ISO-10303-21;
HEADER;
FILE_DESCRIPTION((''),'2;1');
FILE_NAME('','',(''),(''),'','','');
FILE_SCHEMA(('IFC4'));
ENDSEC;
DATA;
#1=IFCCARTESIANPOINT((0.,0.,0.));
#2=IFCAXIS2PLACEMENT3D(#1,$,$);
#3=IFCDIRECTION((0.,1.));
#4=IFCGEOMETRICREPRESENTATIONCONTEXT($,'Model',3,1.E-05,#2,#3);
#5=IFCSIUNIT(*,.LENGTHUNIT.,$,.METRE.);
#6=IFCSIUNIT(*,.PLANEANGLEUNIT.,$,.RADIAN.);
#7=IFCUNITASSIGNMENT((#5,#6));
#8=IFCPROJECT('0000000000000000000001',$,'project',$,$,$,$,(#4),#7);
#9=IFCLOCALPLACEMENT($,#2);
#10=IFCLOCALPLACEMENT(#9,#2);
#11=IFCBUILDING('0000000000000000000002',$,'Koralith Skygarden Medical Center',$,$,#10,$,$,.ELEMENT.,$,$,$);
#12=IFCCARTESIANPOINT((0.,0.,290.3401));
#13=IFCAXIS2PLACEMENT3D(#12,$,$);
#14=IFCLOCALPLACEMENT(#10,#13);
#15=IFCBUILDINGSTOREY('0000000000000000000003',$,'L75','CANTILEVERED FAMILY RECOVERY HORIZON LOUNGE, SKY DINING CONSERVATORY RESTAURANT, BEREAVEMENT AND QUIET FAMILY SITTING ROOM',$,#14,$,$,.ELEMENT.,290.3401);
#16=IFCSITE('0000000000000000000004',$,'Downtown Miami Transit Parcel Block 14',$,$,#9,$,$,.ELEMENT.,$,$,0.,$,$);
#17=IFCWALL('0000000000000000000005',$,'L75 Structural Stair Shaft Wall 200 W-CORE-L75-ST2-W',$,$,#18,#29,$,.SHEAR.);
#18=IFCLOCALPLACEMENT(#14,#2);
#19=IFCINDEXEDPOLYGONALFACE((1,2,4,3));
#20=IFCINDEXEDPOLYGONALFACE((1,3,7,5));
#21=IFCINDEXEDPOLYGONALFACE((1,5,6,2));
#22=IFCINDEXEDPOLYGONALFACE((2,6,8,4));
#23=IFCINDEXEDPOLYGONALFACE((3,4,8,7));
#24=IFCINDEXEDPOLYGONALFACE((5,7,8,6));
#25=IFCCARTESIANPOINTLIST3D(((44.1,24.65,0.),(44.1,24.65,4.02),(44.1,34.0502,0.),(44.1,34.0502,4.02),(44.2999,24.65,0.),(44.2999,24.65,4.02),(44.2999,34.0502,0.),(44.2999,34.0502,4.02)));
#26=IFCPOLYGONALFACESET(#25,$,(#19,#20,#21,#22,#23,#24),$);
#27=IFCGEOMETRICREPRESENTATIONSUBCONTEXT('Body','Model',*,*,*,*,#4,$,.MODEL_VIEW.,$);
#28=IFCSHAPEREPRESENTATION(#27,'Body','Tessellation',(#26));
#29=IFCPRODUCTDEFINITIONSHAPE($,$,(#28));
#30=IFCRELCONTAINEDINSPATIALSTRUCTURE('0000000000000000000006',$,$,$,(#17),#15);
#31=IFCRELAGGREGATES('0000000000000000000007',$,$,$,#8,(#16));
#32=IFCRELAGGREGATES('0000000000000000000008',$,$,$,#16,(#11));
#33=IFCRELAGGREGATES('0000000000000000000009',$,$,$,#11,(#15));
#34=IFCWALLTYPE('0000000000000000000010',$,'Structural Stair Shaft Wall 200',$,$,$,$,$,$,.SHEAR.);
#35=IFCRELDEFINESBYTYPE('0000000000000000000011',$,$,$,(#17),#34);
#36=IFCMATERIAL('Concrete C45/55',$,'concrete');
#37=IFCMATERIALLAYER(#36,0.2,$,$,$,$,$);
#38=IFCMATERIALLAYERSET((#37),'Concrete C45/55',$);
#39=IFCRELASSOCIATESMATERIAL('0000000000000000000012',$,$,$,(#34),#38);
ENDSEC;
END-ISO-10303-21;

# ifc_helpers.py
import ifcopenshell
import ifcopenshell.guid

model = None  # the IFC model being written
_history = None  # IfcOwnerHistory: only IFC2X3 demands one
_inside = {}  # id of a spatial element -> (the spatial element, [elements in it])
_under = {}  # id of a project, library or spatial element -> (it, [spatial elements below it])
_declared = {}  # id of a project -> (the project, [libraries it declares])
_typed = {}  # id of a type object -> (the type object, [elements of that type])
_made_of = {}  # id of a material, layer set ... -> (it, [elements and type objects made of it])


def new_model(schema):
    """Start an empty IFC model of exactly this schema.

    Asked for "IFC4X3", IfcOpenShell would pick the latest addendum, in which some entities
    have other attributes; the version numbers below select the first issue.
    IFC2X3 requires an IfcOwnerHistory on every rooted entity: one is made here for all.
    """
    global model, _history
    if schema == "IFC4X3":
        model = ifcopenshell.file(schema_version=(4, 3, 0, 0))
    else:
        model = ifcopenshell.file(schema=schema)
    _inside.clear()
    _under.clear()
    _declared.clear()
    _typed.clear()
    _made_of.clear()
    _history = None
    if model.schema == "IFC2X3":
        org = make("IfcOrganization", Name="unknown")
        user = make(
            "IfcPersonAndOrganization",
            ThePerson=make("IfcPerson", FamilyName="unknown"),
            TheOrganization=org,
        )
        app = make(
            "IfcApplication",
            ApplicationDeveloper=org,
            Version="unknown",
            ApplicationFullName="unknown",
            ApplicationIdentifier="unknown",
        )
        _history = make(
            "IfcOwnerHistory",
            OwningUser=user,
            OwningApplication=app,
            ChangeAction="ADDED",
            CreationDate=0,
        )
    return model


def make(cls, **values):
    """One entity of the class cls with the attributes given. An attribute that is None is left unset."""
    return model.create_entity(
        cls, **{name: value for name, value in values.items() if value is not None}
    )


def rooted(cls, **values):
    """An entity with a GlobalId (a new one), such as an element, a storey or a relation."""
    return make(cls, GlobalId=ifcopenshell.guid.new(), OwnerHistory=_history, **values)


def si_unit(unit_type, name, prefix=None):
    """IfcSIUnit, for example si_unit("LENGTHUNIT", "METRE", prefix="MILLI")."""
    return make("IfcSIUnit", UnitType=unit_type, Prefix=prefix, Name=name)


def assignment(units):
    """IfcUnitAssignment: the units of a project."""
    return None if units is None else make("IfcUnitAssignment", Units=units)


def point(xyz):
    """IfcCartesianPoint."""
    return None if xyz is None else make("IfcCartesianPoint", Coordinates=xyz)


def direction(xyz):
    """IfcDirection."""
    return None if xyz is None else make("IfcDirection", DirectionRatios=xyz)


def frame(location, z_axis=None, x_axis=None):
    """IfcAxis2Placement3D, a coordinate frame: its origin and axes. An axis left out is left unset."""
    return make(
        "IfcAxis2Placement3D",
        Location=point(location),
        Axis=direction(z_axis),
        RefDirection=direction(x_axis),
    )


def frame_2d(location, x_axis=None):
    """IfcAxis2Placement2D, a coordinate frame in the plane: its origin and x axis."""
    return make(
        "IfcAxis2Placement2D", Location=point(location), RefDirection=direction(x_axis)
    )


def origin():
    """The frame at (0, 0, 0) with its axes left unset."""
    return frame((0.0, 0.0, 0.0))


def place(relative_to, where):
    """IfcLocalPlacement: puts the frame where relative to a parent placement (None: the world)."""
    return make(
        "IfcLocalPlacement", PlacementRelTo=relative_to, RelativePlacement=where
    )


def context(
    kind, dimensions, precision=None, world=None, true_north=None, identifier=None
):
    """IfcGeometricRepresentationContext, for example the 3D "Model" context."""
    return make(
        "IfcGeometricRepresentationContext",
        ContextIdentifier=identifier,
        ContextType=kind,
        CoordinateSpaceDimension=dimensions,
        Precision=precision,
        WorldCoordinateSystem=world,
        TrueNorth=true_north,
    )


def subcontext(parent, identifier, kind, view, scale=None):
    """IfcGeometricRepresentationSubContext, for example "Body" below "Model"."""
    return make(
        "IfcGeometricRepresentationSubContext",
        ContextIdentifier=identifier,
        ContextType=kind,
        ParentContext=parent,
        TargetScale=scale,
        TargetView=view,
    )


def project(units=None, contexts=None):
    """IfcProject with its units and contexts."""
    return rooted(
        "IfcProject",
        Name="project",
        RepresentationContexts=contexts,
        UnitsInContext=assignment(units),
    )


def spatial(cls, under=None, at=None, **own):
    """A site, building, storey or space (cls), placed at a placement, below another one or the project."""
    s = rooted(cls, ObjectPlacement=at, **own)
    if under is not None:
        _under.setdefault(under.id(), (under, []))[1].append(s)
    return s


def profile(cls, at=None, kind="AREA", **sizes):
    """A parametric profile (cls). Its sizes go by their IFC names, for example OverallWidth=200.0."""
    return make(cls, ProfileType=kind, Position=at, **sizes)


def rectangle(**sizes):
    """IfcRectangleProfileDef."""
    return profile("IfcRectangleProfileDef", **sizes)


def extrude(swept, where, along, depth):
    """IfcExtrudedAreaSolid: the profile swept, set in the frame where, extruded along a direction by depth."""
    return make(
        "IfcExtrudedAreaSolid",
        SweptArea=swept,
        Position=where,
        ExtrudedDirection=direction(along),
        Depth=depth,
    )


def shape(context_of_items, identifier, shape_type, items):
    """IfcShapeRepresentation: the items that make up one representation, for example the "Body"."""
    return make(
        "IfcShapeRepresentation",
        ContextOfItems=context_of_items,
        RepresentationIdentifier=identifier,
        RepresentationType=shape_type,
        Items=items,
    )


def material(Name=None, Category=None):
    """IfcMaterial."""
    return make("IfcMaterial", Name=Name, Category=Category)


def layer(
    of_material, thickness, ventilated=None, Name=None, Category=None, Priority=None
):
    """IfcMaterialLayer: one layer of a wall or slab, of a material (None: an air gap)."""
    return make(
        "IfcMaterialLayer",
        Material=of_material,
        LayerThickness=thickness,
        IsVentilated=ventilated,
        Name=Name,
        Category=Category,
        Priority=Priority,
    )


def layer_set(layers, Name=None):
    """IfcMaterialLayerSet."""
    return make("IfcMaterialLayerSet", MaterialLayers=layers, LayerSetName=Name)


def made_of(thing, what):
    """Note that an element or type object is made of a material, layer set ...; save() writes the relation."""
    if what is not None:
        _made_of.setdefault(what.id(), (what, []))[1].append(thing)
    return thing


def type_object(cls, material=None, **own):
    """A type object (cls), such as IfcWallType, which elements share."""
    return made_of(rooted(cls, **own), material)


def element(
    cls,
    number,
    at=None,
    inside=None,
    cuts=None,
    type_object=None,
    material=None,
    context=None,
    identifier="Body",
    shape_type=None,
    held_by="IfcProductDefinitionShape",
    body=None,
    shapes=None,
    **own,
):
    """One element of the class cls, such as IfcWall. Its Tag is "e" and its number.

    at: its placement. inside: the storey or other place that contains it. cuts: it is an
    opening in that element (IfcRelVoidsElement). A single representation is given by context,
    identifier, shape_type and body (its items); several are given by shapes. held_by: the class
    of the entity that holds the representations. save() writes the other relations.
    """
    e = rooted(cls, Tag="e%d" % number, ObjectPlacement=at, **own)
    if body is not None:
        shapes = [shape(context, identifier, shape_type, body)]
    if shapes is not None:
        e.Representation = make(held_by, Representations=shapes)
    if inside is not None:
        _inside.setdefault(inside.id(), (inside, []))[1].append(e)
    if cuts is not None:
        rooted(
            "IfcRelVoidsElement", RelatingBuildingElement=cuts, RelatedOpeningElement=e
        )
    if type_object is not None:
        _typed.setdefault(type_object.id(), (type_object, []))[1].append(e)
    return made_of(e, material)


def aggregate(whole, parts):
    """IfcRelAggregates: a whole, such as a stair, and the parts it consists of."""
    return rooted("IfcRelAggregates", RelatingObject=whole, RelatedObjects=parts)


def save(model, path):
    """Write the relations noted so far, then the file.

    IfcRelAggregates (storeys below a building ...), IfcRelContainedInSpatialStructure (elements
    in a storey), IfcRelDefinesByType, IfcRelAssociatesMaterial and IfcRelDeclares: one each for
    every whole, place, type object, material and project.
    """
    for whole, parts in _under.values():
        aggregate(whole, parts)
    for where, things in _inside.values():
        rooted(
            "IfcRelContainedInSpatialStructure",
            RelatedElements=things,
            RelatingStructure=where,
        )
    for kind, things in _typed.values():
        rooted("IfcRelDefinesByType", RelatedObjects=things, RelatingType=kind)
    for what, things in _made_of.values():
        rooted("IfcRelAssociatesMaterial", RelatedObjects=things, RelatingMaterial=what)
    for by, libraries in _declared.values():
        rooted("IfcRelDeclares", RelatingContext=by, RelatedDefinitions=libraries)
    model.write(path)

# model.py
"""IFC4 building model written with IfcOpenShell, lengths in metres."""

from ifc_helpers import new_model, si_unit, direction, frame, frame_2d, origin, place, context, subcontext, project, spatial, rectangle, extrude, material, layer, layer_set, type_object, element, save


model = new_model("IFC4")

# Units and contexts
model_context = context("Model", 3, precision=1e-05, world=origin(), true_north=direction((0.0, 1.0)))
body_context = subcontext(model_context, "Body", "Model", "MODEL_VIEW")
ifc_project = project(units=[si_unit("LENGTHUNIT", "METRE"), si_unit("PLANEANGLEUNIT", "RADIAN")], contexts=[model_context])

# Site, building, storey
site_placement = place(None, origin())
site = spatial("IfcSite", under=ifc_project, at=site_placement, Name="Downtown Miami Transit Parcel Block 14", CompositionType="ELEMENT", RefElevation=0.0)
building_placement = place(site_placement, origin())
building = spatial("IfcBuilding", under=site, at=building_placement, Name="Koralith Skygarden Medical Center", CompositionType="ELEMENT")
storey_placement = place(building_placement, frame((0.0, 0.0, 290.3401)))
storey = spatial("IfcBuildingStorey", under=building, at=storey_placement, Name="L75", Description="CANTILEVERED FAMILY RECOVERY HORIZON LOUNGE, SKY DINING CONSERVATORY RESTAURANT, BEREAVEMENT AND QUIET FAMILY SITTING ROOM", CompositionType="ELEMENT", Elevation=290.3401)

# Wall
ifc_material_1 = material(Name="Concrete C45/55", Category="concrete")
ifc_layer_1 = layer(ifc_material_1, 0.2)
ifc_layer_set_1 = layer_set([ifc_layer_1], Name="Concrete C45/55")
wall_type_1 = type_object("IfcWallType", Name="Structural Stair Shaft Wall 200", PredefinedType="SHEAR", material=ifc_layer_set_1)
wall_1_placement = place(storey_placement, frame((44.2, 24.6499, 0.0), z_axis=(0.0, 0.0, 1.0), x_axis=(0.0, 1.0, 0.0)))
element("IfcWall", 1, at=wall_1_placement, inside=storey, type_object=wall_type_1, Name="L75 Structural Stair Shaft Wall 200 W-CORE-L75-ST2-W", PredefinedType="SHEAR", context=body_context, shape_type="SweptSolid", body=[
    extrude(rectangle(XDim=9.4001, YDim=0.2, at=frame_2d((4.7002, 0.0))), origin(), (0.0, 0.0, 1.0), 4.02),
])

save(model, "model.ifc")
